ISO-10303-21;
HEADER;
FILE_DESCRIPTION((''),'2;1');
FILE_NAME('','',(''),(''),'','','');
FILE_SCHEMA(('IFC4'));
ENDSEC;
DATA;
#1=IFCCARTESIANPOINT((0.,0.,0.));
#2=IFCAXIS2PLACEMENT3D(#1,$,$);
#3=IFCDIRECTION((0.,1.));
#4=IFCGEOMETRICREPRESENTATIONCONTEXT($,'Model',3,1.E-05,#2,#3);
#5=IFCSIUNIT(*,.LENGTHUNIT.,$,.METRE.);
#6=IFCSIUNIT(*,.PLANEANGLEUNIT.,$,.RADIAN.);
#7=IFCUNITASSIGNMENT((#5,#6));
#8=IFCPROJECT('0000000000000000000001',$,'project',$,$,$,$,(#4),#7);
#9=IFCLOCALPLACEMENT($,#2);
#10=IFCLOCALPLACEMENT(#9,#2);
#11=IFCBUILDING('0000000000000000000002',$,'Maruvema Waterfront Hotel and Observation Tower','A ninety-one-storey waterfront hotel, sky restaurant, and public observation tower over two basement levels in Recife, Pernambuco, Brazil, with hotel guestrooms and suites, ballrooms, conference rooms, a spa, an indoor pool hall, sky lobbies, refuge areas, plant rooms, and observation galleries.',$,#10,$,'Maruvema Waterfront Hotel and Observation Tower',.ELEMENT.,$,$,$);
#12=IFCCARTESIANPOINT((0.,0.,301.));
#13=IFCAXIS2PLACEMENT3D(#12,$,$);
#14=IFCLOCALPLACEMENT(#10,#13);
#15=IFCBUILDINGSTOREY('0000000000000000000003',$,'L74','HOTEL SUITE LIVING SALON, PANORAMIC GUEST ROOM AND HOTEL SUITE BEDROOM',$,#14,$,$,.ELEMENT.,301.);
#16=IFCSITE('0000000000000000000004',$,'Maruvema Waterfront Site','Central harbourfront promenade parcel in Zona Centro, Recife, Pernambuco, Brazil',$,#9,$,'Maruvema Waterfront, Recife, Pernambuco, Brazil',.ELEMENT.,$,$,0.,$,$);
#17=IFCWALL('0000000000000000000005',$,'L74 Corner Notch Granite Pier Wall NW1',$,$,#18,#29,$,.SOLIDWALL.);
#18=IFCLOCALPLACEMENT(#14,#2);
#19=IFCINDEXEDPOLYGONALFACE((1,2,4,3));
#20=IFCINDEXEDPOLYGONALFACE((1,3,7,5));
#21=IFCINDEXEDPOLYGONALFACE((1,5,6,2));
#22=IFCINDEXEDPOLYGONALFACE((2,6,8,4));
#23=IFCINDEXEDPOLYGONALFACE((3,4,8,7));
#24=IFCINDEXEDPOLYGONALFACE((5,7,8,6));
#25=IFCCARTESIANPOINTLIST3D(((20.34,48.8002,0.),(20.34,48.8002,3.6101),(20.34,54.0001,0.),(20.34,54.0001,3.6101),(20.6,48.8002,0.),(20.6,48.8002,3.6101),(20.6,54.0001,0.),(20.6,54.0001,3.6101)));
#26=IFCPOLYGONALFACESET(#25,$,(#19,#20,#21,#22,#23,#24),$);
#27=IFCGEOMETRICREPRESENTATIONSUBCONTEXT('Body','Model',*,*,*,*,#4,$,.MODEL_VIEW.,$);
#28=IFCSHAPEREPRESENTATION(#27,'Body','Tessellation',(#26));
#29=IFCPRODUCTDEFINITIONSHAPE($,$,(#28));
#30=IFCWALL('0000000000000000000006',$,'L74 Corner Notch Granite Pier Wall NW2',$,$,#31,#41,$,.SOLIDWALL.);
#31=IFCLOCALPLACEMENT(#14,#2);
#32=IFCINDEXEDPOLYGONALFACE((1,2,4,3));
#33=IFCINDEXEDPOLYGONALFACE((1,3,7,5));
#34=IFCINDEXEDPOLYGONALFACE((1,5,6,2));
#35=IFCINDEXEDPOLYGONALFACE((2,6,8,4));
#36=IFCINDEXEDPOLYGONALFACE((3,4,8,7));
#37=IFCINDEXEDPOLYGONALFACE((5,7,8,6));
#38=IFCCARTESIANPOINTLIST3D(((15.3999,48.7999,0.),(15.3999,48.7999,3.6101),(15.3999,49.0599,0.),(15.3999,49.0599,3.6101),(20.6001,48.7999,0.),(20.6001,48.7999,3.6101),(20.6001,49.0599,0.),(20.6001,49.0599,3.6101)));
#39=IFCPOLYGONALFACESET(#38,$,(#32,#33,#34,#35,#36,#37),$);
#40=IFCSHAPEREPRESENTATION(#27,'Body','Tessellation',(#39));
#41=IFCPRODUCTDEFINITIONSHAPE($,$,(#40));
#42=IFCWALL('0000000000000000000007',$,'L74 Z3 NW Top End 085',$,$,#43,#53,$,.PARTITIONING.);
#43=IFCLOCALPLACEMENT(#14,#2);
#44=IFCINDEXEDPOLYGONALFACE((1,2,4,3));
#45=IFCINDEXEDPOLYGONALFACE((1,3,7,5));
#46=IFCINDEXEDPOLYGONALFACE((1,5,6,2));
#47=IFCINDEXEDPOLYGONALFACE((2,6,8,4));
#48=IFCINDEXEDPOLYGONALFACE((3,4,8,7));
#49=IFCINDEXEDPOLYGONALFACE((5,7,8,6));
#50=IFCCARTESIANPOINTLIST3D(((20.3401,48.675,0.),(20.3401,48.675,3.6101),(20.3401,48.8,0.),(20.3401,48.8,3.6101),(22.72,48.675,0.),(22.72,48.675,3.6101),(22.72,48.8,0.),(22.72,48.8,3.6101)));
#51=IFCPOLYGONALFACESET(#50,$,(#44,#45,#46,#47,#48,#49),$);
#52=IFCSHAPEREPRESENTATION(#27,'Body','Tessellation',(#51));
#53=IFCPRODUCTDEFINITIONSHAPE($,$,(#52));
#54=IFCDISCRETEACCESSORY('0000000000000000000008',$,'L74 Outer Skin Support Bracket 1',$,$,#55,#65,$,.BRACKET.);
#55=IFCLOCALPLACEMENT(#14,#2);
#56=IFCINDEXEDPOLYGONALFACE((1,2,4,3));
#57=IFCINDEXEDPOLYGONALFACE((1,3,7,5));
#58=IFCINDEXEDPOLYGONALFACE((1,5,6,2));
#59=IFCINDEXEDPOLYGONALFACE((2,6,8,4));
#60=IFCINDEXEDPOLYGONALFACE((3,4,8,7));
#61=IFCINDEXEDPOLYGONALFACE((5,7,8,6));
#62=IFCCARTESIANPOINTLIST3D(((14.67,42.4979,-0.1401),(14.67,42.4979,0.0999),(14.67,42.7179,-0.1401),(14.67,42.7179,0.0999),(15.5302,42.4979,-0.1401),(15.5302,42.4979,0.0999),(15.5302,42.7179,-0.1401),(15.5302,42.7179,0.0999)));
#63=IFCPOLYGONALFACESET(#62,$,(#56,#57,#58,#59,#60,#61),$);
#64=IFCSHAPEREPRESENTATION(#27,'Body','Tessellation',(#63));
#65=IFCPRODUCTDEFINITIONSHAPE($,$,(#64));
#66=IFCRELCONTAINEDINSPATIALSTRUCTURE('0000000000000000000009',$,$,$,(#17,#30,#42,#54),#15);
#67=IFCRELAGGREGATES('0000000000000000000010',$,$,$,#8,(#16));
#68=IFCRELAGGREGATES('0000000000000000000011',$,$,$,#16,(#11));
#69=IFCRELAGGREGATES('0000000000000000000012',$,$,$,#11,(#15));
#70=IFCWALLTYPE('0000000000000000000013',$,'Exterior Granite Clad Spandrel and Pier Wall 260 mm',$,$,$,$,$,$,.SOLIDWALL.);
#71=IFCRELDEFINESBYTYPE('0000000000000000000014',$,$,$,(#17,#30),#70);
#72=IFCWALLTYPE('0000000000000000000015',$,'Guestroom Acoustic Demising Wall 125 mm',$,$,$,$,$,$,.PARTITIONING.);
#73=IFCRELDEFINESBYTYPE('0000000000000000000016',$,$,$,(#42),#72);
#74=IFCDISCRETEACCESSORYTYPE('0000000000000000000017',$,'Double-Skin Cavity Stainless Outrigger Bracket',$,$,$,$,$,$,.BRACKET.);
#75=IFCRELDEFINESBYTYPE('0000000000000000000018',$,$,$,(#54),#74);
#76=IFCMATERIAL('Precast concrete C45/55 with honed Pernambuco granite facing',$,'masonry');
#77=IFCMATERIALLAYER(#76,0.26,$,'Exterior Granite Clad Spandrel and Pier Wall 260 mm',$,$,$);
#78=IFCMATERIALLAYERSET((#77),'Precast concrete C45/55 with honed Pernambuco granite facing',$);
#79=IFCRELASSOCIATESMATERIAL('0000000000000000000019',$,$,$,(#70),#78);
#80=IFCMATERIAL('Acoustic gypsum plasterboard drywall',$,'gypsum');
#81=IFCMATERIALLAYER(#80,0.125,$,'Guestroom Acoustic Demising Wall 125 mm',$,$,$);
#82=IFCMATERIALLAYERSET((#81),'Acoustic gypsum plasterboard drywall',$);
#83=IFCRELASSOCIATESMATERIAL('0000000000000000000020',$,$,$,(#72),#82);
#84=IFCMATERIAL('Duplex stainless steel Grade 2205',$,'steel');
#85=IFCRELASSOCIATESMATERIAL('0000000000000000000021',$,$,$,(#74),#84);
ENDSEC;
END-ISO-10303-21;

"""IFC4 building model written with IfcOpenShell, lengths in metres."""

from ifc_helpers import new_model, si_unit, direction, frame, frame_2d, origin, origin_2d, place, context, subcontext, project, spatial, rectangle, extrude, material, layer, layer_set, type_object, element, save


model = new_model("IFC4")

# Units and contexts
model_context = context("Model", 3, precision=1e-05, world=origin(), true_north=direction((0.0, 1.0)))
body_context = subcontext(model_context, "Body", "Model", "MODEL_VIEW")
ifc_project = project(units=[si_unit("LENGTHUNIT", "METRE"), si_unit("PLANEANGLEUNIT", "RADIAN")], contexts=[model_context])

# Site, building, storey
site_placement = place(None, origin())
site = spatial("IfcSite", under=ifc_project, at=site_placement, Name="Maruvema Waterfront Site", Description="Central harbourfront promenade parcel in Zona Centro, Recife, Pernambuco, Brazil", LongName="Maruvema Waterfront, Recife, Pernambuco, Brazil", CompositionType="ELEMENT", RefElevation=0.0)
building_placement = place(site_placement, origin())
building = spatial("IfcBuilding", under=site, at=building_placement, Name="Maruvema Waterfront Hotel and Observation Tower", Description="A ninety-one-storey waterfront hotel, sky restaurant, and public observation tower over two basement levels in Recife, Pernambuco, Brazil, with hotel guestrooms and suites, ballrooms, conference rooms, a spa, an indoor pool hall, sky lobbies, refuge areas, plant rooms, and observation galleries.", LongName="Maruvema Waterfront Hotel and Observation Tower", CompositionType="ELEMENT")
storey_placement = place(building_placement, frame((0.0, 0.0, 301.0)))
storey = spatial("IfcBuildingStorey", under=building, at=storey_placement, Name="L74", Description="HOTEL SUITE LIVING SALON, PANORAMIC GUEST ROOM AND HOTEL SUITE BEDROOM", CompositionType="ELEMENT", Elevation=301.0)

# Walls
ifc_material_1 = material(Name="Precast concrete C45/55 with honed Pernambuco granite facing", Category="masonry")
ifc_layer_1 = layer(ifc_material_1, 0.26, Name="Exterior Granite Clad Spandrel and Pier Wall 260 mm")
ifc_layer_set_1 = layer_set([ifc_layer_1], Name="Precast concrete C45/55 with honed Pernambuco granite facing")
wall_type_1 = type_object("IfcWallType", Name="Exterior Granite Clad Spandrel and Pier Wall 260 mm", PredefinedType="SOLIDWALL", material=ifc_layer_set_1)
wall_1_placement = place(storey_placement, frame((20.47, 48.8, 0.0), z_axis=(0.0, 0.0, 1.0), x_axis=(0.0, 1.0, 0.0)))
element("IfcWall", 1, at=wall_1_placement, inside=storey, type_object=wall_type_1, Name="L74 Corner Notch Granite Pier Wall NW1", PredefinedType="SOLIDWALL", context=body_context, shape_type="SweptSolid", body=[
    extrude(rectangle(XDim=5.2, YDim=0.26, at=frame_2d((2.6001, 0.0))), origin(), (0.0, 0.0, 1.0), 3.6101),
])
wall_2_placement = place(storey_placement, frame((15.3999, 48.9299, 0.0), z_axis=(0.0, 0.0, 1.0), x_axis=(1.0, 0.0, 0.0)))
element("IfcWall", 2, at=wall_2_placement, inside=storey, type_object=wall_type_1, Name="L74 Corner Notch Granite Pier Wall NW2", PredefinedType="SOLIDWALL", context=body_context, shape_type="SweptSolid", body=[
    extrude(rectangle(XDim=5.2002, YDim=0.26, at=frame_2d((2.6001, 0.0))), origin(), (0.0, 0.0, 1.0), 3.6101),
])
ifc_material_2 = material(Name="Acoustic gypsum plasterboard drywall", Category="gypsum")
ifc_layer_2 = layer(ifc_material_2, 0.125, Name="Guestroom Acoustic Demising Wall 125 mm")
ifc_layer_set_2 = layer_set([ifc_layer_2], Name="Acoustic gypsum plasterboard drywall")
wall_type_2 = type_object("IfcWallType", Name="Guestroom Acoustic Demising Wall 125 mm", PredefinedType="PARTITIONING", material=ifc_layer_set_2)
wall_3_placement = place(storey_placement, frame((20.3401, 48.7375, 0.0), z_axis=(0.0, 0.0, 1.0), x_axis=(1.0, 0.0, 0.0)))
element("IfcWall", 3, at=wall_3_placement, inside=storey, type_object=wall_type_2, Name="L74 Z3 NW Top End 085", PredefinedType="PARTITIONING", context=body_context, shape_type="SweptSolid", body=[
    extrude(rectangle(XDim=2.3799, YDim=0.125, at=frame_2d((1.1899, 0.0))), origin(), (0.0, 0.0, 1.0), 3.6101),
])

# Discrete accessory
ifc_material_3 = material(Name="Duplex stainless steel Grade 2205", Category="steel")
discrete_accessory_type = type_object("IfcDiscreteAccessoryType", Name="Double-Skin Cavity Stainless Outrigger Bracket", PredefinedType="BRACKET", material=ifc_material_3)
discrete_accessory_placement = place(storey_placement, frame((15.1001, 42.6079, -0.1401), z_axis=(0.0, 0.0, 1.0), x_axis=(0.0, -1.0, 0.0)))
element("IfcDiscreteAccessory", 4, at=discrete_accessory_placement, inside=storey, type_object=discrete_accessory_type, Name="L74 Outer Skin Support Bracket 1", PredefinedType="BRACKET", context=body_context, shape_type="SweptSolid", body=[
    extrude(rectangle(XDim=0.22, YDim=0.8601, at=origin_2d()), origin(), (0.0, 0.0, 1.0), 0.24),
])

save(model, "model.ifc")
